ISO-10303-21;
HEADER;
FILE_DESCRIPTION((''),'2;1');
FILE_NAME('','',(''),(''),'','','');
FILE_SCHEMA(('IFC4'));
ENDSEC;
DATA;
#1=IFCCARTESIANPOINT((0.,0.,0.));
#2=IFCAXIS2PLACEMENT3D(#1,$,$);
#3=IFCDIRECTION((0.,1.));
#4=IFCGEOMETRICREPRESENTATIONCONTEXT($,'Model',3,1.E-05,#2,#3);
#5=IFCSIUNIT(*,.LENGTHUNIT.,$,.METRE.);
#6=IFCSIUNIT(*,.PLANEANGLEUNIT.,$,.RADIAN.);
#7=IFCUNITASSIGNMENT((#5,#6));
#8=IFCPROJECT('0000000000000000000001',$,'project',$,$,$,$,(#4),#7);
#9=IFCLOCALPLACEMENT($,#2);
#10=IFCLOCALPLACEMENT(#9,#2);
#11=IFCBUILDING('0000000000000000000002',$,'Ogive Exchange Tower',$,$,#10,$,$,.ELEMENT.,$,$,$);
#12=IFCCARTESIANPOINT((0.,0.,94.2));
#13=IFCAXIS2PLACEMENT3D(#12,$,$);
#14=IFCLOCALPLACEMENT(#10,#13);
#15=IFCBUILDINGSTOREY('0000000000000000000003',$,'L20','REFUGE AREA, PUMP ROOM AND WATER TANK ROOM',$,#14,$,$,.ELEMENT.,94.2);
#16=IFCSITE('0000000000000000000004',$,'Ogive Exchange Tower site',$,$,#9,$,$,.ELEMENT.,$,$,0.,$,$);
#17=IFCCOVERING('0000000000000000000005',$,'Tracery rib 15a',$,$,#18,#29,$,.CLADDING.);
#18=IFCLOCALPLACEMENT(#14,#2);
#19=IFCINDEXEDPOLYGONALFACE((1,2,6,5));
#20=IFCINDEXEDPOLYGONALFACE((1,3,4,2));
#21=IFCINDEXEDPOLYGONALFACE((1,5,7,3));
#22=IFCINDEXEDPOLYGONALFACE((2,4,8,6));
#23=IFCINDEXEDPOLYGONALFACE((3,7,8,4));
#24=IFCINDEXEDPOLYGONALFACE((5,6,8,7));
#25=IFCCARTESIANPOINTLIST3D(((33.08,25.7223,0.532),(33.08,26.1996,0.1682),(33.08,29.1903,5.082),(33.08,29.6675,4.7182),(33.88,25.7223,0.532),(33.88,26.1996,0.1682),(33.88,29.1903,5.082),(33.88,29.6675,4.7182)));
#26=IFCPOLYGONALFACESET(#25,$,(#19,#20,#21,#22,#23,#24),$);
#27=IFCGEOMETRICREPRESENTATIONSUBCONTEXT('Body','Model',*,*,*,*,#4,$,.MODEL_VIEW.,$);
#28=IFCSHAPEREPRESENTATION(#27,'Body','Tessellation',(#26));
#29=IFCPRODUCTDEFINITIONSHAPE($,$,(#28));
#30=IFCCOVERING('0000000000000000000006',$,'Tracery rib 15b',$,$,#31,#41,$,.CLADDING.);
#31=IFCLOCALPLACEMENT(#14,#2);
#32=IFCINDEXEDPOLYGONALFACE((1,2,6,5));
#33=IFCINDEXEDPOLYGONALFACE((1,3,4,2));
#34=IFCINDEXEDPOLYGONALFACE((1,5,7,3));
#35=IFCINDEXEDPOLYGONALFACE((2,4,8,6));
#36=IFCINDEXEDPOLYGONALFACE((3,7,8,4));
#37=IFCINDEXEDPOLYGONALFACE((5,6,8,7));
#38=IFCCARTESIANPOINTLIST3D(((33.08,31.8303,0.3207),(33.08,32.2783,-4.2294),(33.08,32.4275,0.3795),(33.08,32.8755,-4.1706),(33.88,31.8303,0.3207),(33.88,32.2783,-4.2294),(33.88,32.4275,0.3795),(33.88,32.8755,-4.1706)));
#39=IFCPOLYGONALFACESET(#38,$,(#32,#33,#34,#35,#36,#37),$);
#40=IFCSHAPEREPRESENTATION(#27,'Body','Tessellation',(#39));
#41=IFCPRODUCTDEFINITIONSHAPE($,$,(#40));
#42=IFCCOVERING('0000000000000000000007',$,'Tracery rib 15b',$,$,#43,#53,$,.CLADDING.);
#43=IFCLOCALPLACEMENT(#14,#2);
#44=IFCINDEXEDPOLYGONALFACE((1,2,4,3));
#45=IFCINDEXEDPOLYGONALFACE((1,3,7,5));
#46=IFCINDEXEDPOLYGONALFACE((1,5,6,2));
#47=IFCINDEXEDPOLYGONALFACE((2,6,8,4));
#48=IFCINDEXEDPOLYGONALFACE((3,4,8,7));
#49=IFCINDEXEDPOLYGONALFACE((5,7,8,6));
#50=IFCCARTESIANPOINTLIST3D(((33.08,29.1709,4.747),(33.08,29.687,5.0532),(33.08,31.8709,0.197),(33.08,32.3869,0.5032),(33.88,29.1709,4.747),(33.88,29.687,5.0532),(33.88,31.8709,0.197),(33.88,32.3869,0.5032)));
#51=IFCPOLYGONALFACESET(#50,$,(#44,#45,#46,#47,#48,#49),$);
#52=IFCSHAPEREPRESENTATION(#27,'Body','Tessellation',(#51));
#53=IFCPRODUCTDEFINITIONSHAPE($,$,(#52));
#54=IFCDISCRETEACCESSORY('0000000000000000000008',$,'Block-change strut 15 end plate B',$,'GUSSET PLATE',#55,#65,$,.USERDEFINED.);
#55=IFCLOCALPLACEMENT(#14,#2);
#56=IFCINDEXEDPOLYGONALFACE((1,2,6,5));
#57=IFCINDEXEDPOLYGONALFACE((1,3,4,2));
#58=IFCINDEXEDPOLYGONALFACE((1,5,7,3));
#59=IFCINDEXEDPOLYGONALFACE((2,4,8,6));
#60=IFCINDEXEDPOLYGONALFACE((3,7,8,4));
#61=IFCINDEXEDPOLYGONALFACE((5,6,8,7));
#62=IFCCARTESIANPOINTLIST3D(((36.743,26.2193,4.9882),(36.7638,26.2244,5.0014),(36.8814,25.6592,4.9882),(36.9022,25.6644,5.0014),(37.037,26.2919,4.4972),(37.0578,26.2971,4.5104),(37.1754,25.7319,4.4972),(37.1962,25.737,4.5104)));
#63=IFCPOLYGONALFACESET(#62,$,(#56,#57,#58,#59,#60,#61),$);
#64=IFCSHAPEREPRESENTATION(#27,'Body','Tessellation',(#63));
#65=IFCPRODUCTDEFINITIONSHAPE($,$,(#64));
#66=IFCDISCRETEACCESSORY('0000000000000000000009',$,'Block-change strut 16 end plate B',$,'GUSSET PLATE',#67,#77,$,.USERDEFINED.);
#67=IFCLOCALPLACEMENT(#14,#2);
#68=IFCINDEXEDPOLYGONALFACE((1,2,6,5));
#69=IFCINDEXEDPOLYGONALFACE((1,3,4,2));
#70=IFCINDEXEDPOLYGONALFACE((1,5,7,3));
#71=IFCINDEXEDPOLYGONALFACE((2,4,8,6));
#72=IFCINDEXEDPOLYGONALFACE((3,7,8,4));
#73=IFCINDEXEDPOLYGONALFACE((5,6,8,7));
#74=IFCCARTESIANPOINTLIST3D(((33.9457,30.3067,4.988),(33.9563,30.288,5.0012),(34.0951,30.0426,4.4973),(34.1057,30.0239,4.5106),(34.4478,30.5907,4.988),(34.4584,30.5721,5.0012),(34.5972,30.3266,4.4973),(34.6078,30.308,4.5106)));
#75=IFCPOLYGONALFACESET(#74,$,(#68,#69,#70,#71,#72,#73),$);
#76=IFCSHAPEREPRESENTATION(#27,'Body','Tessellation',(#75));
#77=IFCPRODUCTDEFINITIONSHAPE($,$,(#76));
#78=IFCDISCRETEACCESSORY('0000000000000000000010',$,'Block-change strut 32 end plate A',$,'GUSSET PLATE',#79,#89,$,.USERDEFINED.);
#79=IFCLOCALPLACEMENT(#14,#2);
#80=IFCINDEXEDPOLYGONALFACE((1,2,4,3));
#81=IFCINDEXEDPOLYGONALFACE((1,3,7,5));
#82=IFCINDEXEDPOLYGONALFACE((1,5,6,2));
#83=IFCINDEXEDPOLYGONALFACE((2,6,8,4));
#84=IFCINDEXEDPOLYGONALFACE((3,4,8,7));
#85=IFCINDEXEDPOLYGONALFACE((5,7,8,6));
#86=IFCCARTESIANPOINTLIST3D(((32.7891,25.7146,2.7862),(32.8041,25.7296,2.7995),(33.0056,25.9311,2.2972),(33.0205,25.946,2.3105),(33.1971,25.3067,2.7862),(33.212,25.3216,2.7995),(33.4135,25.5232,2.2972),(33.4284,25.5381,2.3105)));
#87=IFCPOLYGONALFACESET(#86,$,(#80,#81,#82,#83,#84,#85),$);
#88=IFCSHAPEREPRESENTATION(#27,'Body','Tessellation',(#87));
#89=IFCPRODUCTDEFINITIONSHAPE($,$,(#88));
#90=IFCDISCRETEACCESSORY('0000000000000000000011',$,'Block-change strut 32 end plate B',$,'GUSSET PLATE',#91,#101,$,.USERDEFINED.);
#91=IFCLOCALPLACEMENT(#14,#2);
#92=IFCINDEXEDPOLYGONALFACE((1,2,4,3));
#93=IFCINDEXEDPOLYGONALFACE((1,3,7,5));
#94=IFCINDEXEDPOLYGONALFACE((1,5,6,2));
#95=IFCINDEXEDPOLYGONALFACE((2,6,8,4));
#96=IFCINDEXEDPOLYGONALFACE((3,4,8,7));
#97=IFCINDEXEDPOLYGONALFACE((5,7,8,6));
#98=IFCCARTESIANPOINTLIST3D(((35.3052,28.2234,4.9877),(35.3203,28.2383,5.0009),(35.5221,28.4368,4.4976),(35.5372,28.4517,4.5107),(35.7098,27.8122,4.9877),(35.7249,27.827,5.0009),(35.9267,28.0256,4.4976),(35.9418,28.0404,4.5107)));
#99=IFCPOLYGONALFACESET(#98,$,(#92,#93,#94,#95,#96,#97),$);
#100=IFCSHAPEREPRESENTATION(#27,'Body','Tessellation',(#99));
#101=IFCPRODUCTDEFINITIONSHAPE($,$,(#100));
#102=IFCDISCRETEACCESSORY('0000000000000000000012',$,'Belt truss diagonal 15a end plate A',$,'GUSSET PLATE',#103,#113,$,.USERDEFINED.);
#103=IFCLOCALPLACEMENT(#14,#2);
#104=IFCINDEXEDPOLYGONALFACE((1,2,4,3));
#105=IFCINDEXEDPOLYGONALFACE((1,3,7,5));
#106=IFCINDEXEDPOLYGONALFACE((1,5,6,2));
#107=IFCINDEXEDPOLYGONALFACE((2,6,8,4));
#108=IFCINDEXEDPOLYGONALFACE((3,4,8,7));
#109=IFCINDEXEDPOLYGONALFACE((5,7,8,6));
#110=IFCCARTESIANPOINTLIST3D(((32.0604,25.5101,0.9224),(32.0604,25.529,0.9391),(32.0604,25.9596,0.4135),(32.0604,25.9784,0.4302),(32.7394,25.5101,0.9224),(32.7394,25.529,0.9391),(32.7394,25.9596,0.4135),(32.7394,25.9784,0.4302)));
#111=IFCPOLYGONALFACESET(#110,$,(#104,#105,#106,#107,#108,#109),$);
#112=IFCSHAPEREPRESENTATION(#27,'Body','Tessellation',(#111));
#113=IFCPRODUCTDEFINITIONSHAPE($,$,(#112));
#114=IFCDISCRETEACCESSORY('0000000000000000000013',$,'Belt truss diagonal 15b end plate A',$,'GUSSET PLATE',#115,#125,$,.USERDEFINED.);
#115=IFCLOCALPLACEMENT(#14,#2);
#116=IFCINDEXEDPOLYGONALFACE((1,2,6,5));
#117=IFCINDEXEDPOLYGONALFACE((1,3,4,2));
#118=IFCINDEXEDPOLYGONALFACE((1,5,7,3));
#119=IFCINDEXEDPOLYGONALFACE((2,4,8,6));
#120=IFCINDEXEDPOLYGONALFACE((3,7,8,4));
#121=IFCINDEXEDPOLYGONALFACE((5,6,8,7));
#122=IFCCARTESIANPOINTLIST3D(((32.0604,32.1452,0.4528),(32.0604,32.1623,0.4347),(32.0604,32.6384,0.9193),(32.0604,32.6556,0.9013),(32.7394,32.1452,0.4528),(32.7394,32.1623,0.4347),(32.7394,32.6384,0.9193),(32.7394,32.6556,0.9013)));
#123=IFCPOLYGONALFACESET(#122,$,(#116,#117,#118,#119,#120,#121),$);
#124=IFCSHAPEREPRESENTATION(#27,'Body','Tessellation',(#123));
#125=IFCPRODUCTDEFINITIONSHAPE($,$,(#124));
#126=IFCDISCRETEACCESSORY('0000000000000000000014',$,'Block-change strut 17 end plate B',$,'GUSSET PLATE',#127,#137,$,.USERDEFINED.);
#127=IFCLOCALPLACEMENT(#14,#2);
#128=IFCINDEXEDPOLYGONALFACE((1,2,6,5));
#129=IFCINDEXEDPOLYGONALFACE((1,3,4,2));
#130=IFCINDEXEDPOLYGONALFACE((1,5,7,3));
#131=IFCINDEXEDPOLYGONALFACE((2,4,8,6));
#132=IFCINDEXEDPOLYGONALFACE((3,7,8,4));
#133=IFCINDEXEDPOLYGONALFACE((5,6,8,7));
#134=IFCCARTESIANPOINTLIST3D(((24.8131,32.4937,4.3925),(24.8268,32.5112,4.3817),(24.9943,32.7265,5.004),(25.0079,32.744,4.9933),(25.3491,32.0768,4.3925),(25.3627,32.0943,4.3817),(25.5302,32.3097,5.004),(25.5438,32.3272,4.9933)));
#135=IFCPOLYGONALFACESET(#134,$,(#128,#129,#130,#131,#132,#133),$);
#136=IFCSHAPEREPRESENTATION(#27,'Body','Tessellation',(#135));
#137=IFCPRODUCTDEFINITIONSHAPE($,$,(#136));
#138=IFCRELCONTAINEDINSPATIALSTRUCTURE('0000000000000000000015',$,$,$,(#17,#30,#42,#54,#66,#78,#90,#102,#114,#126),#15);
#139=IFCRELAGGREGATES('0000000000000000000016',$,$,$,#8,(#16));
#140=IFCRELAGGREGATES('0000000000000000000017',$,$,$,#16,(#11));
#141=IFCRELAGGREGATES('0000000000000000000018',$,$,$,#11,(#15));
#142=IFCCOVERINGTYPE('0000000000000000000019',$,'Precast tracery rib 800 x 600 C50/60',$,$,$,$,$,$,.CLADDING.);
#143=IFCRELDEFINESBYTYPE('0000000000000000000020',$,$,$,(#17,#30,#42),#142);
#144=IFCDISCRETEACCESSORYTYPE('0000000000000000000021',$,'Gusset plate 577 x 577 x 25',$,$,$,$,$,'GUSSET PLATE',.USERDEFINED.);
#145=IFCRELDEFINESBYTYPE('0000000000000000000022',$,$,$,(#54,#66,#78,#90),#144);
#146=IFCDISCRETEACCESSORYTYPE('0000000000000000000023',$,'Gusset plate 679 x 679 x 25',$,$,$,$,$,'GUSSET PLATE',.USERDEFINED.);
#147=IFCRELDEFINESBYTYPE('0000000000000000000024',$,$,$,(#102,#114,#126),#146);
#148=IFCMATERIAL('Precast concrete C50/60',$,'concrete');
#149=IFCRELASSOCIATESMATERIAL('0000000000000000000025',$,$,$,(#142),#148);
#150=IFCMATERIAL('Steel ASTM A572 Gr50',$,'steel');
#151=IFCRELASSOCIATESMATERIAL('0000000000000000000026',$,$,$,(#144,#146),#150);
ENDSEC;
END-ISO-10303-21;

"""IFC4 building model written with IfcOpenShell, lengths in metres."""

from ifc_helpers import new_model, si_unit, direction, frame, origin, origin_2d, place, context, subcontext, project, spatial, rectangle, extrude, material, material_profile, profile_set, type_object, element, save


model = new_model("IFC4")

# Units and contexts
model_context = context("Model", 3, precision=1e-05, world=origin(), true_north=direction((0.0, 1.0)))
body_context = subcontext(model_context, "Body", "Model", "MODEL_VIEW")
ifc_project = project(units=[si_unit("LENGTHUNIT", "METRE"), si_unit("PLANEANGLEUNIT", "RADIAN")], contexts=[model_context])

# Site, building, storey
site_placement = place(None, origin())
site = spatial("IfcSite", under=ifc_project, at=site_placement, Name="Ogive Exchange Tower site", CompositionType="ELEMENT", RefElevation=0.0)
building_placement = place(site_placement, origin())
building = spatial("IfcBuilding", under=site, at=building_placement, Name="Ogive Exchange Tower", CompositionType="ELEMENT")
storey_placement = place(building_placement, frame((0.0, 0.0, 94.2)))
storey = spatial("IfcBuildingStorey", under=building, at=storey_placement, Name="L20", Description="REFUGE AREA, PUMP ROOM AND WATER TANK ROOM", CompositionType="ELEMENT", Elevation=94.2)

# Coverings
ifc_material_1 = material(Name="Precast concrete C50/60", Category="concrete")
ifc_material_profile_1 = material_profile(ifc_material_1, rectangle(XDim=0.8, YDim=0.6001, at=origin_2d()), Name="RIB 800 x 600")
ifc_profile_set_1 = profile_set([ifc_material_profile_1], Name="Precast concrete C50/60")
covering_type = type_object("IfcCoveringType", Name="Precast tracery rib 800 x 600 C50/60", PredefinedType="CLADDING", material=ifc_profile_set_1)
covering_1_placement = place(storey_placement, frame((33.48, 25.9609, 0.3501), z_axis=(0.0, 0.606188, 0.795321), x_axis=(-1.0, 0.0, 0.0)))
element("IfcCovering", 1, at=covering_1_placement, inside=storey, type_object=covering_type, Name="Tracery rib 15a", PredefinedType="CLADDING", context=body_context, shape_type="SweptSolid", body=[
    extrude(rectangle(XDim=0.8, YDim=0.6001, at=origin_2d()), origin(), (0.0, 0.0, 1.0), 5.7209),
])
covering_2_placement = place(storey_placement, frame((33.48, 32.5769, -4.2), z_axis=(0.0, -0.097986, 0.995188), x_axis=(1.0, 0.0, 0.0)))
element("IfcCovering", 2, at=covering_2_placement, inside=storey, type_object=covering_type, Name="Tracery rib 15b", PredefinedType="CLADDING", context=body_context, shape_type="SweptSolid", body=[
    extrude(rectangle(XDim=0.8, YDim=0.6001, at=origin_2d()), origin(), (0.0, 0.0, 1.0), 4.572),
])
covering_3_placement = place(storey_placement, frame((33.48, 32.1289, 0.3501), z_axis=(0.0, -0.51031, 0.859991), x_axis=(1.0, 0.0, 0.0)))
element("IfcCovering", 3, at=covering_3_placement, inside=storey, type_object=covering_type, Name="Tracery rib 15b", PredefinedType="CLADDING", context=body_context, shape_type="SweptSolid", body=[
    extrude(rectangle(XDim=0.8, YDim=0.6001, at=origin_2d()), origin(), (0.0, 0.0, 1.0), 5.2908),
])

# Discrete accessories
ifc_material_2 = material(Name="Steel ASTM A572 Gr50", Category="steel")
ifc_material_profile_2 = material_profile(ifc_material_2, rectangle(XDim=0.5769, YDim=0.5769, at=origin_2d()), Name="PL 577 x 577 x 25")
ifc_profile_set_2 = profile_set([ifc_material_profile_2], Name="Steel ASTM A572 Gr50")
discrete_accessory_type_1 = type_object("IfcDiscreteAccessoryType", Name="Gusset plate 577 x 577 x 25", ElementType="GUSSET PLATE", PredefinedType="USERDEFINED", material=ifc_profile_set_2)
for number, where, z_axis, x_axis, name in (
    (4, (36.9592, 25.9756, 4.7427), (0.826295, 0.204143, 0.52494), (-0.239847, 0.970811, 0.0), "Block-change strut 15 end plate B"),
    (5, (34.2715, 30.3167, 4.7427), (0.41882, -0.74024, 0.52596), (0.870349, 0.492435, 0.0), "Block-change strut 16 end plate B"),
):
    element("IfcDiscreteAccessory", number, at=place(storey_placement, frame(where, z_axis=z_axis, x_axis=x_axis)), inside=storey, type_object=discrete_accessory_type_1, Name=name, ObjectType="GUSSET PLATE", PredefinedType="USERDEFINED", context=body_context, shape_type="SweptSolid", body=[
        extrude(rectangle(XDim=0.5769, YDim=0.5769, at=origin_2d()), origin(), (0.0, 0.0, 1.0), 0.0251),
    ])
for number, where, z_axis, x_axis, name in (
    (6, (33.1013, 25.6189, 2.5417), (0.599366, 0.599366, 0.530586), (-0.707107, 0.707107, 0.0), "Block-change strut 32 end plate A"),
    (7, (35.616, 28.1245, 4.7427), (0.605606, 0.595838, 0.527463), (-0.701335, 0.712832, 0.0), "Block-change strut 32 end plate B"),
):
    element("IfcDiscreteAccessory", number, at=place(storey_placement, frame(where, z_axis=z_axis, x_axis=x_axis)), inside=storey, type_object=discrete_accessory_type_1, Name=name, ObjectType="GUSSET PLATE", PredefinedType="USERDEFINED", context=body_context, shape_type="SweptSolid", body=[
        extrude(rectangle(XDim=0.5769, YDim=0.5769, at=origin_2d()), origin(), (0.0, 0.0, 1.0), 0.0249),
    ])
ifc_material_profile_3 = material_profile(ifc_material_2, rectangle(XDim=0.679, YDim=0.679, at=origin_2d()), Name="PL 679 x 679 x 25")
ifc_profile_set_3 = profile_set([ifc_material_profile_3], Name="Steel ASTM A572 Gr50")
discrete_accessory_type_2 = type_object("IfcDiscreteAccessoryType", Name="Gusset plate 679 x 679 x 25", ElementType="GUSSET PLATE", PredefinedType="USERDEFINED", material=ifc_profile_set_3)
discrete_accessory_1_placement = place(storey_placement, frame((32.3999, 25.7349, 0.668), z_axis=(0.0, 0.749554, 0.661944), x_axis=(-1.0, 0.0, 0.0)))
element("IfcDiscreteAccessory", 8, at=discrete_accessory_1_placement, inside=storey, type_object=discrete_accessory_type_2, Name="Belt truss diagonal 15a end plate A", ObjectType="GUSSET PLATE", PredefinedType="USERDEFINED", context=body_context, shape_type="SweptSolid", body=[
    extrude(rectangle(XDim=0.679, YDim=0.679, at=origin_2d()), origin(), (0.0, 0.0, 1.0), 0.0251),
])
discrete_accessory_2_placement = place(storey_placement, frame((32.3999, 32.4089, 0.668), z_axis=(0.0, -0.6872, 0.726468), x_axis=(1.0, 0.0, 0.0)))
element("IfcDiscreteAccessory", 9, at=discrete_accessory_2_placement, inside=storey, type_object=discrete_accessory_type_2, Name="Belt truss diagonal 15b end plate A", ObjectType="GUSSET PLATE", PredefinedType="USERDEFINED", context=body_context, shape_type="SweptSolid", body=[
    extrude(rectangle(XDim=0.679, YDim=0.679, at=origin_2d()), origin(), (0.0, 0.0, 1.0), 0.0249),
])
discrete_accessory_3_placement = place(storey_placement, frame((25.1853, 32.4192, 4.6875), z_axis=(-0.552967, -0.710957, 0.434474), x_axis=(0.789352, -0.613941, 0.0)))
element("IfcDiscreteAccessory", 10, at=discrete_accessory_3_placement, inside=storey, type_object=discrete_accessory_type_2, Name="Block-change strut 17 end plate B", ObjectType="GUSSET PLATE", PredefinedType="USERDEFINED", context=body_context, shape_type="SweptSolid", body=[
    extrude(rectangle(XDim=0.679, YDim=0.679, at=origin_2d()), origin(), (0.0, 0.0, 1.0), 0.0247),
])

save(model, "model.ifc")
